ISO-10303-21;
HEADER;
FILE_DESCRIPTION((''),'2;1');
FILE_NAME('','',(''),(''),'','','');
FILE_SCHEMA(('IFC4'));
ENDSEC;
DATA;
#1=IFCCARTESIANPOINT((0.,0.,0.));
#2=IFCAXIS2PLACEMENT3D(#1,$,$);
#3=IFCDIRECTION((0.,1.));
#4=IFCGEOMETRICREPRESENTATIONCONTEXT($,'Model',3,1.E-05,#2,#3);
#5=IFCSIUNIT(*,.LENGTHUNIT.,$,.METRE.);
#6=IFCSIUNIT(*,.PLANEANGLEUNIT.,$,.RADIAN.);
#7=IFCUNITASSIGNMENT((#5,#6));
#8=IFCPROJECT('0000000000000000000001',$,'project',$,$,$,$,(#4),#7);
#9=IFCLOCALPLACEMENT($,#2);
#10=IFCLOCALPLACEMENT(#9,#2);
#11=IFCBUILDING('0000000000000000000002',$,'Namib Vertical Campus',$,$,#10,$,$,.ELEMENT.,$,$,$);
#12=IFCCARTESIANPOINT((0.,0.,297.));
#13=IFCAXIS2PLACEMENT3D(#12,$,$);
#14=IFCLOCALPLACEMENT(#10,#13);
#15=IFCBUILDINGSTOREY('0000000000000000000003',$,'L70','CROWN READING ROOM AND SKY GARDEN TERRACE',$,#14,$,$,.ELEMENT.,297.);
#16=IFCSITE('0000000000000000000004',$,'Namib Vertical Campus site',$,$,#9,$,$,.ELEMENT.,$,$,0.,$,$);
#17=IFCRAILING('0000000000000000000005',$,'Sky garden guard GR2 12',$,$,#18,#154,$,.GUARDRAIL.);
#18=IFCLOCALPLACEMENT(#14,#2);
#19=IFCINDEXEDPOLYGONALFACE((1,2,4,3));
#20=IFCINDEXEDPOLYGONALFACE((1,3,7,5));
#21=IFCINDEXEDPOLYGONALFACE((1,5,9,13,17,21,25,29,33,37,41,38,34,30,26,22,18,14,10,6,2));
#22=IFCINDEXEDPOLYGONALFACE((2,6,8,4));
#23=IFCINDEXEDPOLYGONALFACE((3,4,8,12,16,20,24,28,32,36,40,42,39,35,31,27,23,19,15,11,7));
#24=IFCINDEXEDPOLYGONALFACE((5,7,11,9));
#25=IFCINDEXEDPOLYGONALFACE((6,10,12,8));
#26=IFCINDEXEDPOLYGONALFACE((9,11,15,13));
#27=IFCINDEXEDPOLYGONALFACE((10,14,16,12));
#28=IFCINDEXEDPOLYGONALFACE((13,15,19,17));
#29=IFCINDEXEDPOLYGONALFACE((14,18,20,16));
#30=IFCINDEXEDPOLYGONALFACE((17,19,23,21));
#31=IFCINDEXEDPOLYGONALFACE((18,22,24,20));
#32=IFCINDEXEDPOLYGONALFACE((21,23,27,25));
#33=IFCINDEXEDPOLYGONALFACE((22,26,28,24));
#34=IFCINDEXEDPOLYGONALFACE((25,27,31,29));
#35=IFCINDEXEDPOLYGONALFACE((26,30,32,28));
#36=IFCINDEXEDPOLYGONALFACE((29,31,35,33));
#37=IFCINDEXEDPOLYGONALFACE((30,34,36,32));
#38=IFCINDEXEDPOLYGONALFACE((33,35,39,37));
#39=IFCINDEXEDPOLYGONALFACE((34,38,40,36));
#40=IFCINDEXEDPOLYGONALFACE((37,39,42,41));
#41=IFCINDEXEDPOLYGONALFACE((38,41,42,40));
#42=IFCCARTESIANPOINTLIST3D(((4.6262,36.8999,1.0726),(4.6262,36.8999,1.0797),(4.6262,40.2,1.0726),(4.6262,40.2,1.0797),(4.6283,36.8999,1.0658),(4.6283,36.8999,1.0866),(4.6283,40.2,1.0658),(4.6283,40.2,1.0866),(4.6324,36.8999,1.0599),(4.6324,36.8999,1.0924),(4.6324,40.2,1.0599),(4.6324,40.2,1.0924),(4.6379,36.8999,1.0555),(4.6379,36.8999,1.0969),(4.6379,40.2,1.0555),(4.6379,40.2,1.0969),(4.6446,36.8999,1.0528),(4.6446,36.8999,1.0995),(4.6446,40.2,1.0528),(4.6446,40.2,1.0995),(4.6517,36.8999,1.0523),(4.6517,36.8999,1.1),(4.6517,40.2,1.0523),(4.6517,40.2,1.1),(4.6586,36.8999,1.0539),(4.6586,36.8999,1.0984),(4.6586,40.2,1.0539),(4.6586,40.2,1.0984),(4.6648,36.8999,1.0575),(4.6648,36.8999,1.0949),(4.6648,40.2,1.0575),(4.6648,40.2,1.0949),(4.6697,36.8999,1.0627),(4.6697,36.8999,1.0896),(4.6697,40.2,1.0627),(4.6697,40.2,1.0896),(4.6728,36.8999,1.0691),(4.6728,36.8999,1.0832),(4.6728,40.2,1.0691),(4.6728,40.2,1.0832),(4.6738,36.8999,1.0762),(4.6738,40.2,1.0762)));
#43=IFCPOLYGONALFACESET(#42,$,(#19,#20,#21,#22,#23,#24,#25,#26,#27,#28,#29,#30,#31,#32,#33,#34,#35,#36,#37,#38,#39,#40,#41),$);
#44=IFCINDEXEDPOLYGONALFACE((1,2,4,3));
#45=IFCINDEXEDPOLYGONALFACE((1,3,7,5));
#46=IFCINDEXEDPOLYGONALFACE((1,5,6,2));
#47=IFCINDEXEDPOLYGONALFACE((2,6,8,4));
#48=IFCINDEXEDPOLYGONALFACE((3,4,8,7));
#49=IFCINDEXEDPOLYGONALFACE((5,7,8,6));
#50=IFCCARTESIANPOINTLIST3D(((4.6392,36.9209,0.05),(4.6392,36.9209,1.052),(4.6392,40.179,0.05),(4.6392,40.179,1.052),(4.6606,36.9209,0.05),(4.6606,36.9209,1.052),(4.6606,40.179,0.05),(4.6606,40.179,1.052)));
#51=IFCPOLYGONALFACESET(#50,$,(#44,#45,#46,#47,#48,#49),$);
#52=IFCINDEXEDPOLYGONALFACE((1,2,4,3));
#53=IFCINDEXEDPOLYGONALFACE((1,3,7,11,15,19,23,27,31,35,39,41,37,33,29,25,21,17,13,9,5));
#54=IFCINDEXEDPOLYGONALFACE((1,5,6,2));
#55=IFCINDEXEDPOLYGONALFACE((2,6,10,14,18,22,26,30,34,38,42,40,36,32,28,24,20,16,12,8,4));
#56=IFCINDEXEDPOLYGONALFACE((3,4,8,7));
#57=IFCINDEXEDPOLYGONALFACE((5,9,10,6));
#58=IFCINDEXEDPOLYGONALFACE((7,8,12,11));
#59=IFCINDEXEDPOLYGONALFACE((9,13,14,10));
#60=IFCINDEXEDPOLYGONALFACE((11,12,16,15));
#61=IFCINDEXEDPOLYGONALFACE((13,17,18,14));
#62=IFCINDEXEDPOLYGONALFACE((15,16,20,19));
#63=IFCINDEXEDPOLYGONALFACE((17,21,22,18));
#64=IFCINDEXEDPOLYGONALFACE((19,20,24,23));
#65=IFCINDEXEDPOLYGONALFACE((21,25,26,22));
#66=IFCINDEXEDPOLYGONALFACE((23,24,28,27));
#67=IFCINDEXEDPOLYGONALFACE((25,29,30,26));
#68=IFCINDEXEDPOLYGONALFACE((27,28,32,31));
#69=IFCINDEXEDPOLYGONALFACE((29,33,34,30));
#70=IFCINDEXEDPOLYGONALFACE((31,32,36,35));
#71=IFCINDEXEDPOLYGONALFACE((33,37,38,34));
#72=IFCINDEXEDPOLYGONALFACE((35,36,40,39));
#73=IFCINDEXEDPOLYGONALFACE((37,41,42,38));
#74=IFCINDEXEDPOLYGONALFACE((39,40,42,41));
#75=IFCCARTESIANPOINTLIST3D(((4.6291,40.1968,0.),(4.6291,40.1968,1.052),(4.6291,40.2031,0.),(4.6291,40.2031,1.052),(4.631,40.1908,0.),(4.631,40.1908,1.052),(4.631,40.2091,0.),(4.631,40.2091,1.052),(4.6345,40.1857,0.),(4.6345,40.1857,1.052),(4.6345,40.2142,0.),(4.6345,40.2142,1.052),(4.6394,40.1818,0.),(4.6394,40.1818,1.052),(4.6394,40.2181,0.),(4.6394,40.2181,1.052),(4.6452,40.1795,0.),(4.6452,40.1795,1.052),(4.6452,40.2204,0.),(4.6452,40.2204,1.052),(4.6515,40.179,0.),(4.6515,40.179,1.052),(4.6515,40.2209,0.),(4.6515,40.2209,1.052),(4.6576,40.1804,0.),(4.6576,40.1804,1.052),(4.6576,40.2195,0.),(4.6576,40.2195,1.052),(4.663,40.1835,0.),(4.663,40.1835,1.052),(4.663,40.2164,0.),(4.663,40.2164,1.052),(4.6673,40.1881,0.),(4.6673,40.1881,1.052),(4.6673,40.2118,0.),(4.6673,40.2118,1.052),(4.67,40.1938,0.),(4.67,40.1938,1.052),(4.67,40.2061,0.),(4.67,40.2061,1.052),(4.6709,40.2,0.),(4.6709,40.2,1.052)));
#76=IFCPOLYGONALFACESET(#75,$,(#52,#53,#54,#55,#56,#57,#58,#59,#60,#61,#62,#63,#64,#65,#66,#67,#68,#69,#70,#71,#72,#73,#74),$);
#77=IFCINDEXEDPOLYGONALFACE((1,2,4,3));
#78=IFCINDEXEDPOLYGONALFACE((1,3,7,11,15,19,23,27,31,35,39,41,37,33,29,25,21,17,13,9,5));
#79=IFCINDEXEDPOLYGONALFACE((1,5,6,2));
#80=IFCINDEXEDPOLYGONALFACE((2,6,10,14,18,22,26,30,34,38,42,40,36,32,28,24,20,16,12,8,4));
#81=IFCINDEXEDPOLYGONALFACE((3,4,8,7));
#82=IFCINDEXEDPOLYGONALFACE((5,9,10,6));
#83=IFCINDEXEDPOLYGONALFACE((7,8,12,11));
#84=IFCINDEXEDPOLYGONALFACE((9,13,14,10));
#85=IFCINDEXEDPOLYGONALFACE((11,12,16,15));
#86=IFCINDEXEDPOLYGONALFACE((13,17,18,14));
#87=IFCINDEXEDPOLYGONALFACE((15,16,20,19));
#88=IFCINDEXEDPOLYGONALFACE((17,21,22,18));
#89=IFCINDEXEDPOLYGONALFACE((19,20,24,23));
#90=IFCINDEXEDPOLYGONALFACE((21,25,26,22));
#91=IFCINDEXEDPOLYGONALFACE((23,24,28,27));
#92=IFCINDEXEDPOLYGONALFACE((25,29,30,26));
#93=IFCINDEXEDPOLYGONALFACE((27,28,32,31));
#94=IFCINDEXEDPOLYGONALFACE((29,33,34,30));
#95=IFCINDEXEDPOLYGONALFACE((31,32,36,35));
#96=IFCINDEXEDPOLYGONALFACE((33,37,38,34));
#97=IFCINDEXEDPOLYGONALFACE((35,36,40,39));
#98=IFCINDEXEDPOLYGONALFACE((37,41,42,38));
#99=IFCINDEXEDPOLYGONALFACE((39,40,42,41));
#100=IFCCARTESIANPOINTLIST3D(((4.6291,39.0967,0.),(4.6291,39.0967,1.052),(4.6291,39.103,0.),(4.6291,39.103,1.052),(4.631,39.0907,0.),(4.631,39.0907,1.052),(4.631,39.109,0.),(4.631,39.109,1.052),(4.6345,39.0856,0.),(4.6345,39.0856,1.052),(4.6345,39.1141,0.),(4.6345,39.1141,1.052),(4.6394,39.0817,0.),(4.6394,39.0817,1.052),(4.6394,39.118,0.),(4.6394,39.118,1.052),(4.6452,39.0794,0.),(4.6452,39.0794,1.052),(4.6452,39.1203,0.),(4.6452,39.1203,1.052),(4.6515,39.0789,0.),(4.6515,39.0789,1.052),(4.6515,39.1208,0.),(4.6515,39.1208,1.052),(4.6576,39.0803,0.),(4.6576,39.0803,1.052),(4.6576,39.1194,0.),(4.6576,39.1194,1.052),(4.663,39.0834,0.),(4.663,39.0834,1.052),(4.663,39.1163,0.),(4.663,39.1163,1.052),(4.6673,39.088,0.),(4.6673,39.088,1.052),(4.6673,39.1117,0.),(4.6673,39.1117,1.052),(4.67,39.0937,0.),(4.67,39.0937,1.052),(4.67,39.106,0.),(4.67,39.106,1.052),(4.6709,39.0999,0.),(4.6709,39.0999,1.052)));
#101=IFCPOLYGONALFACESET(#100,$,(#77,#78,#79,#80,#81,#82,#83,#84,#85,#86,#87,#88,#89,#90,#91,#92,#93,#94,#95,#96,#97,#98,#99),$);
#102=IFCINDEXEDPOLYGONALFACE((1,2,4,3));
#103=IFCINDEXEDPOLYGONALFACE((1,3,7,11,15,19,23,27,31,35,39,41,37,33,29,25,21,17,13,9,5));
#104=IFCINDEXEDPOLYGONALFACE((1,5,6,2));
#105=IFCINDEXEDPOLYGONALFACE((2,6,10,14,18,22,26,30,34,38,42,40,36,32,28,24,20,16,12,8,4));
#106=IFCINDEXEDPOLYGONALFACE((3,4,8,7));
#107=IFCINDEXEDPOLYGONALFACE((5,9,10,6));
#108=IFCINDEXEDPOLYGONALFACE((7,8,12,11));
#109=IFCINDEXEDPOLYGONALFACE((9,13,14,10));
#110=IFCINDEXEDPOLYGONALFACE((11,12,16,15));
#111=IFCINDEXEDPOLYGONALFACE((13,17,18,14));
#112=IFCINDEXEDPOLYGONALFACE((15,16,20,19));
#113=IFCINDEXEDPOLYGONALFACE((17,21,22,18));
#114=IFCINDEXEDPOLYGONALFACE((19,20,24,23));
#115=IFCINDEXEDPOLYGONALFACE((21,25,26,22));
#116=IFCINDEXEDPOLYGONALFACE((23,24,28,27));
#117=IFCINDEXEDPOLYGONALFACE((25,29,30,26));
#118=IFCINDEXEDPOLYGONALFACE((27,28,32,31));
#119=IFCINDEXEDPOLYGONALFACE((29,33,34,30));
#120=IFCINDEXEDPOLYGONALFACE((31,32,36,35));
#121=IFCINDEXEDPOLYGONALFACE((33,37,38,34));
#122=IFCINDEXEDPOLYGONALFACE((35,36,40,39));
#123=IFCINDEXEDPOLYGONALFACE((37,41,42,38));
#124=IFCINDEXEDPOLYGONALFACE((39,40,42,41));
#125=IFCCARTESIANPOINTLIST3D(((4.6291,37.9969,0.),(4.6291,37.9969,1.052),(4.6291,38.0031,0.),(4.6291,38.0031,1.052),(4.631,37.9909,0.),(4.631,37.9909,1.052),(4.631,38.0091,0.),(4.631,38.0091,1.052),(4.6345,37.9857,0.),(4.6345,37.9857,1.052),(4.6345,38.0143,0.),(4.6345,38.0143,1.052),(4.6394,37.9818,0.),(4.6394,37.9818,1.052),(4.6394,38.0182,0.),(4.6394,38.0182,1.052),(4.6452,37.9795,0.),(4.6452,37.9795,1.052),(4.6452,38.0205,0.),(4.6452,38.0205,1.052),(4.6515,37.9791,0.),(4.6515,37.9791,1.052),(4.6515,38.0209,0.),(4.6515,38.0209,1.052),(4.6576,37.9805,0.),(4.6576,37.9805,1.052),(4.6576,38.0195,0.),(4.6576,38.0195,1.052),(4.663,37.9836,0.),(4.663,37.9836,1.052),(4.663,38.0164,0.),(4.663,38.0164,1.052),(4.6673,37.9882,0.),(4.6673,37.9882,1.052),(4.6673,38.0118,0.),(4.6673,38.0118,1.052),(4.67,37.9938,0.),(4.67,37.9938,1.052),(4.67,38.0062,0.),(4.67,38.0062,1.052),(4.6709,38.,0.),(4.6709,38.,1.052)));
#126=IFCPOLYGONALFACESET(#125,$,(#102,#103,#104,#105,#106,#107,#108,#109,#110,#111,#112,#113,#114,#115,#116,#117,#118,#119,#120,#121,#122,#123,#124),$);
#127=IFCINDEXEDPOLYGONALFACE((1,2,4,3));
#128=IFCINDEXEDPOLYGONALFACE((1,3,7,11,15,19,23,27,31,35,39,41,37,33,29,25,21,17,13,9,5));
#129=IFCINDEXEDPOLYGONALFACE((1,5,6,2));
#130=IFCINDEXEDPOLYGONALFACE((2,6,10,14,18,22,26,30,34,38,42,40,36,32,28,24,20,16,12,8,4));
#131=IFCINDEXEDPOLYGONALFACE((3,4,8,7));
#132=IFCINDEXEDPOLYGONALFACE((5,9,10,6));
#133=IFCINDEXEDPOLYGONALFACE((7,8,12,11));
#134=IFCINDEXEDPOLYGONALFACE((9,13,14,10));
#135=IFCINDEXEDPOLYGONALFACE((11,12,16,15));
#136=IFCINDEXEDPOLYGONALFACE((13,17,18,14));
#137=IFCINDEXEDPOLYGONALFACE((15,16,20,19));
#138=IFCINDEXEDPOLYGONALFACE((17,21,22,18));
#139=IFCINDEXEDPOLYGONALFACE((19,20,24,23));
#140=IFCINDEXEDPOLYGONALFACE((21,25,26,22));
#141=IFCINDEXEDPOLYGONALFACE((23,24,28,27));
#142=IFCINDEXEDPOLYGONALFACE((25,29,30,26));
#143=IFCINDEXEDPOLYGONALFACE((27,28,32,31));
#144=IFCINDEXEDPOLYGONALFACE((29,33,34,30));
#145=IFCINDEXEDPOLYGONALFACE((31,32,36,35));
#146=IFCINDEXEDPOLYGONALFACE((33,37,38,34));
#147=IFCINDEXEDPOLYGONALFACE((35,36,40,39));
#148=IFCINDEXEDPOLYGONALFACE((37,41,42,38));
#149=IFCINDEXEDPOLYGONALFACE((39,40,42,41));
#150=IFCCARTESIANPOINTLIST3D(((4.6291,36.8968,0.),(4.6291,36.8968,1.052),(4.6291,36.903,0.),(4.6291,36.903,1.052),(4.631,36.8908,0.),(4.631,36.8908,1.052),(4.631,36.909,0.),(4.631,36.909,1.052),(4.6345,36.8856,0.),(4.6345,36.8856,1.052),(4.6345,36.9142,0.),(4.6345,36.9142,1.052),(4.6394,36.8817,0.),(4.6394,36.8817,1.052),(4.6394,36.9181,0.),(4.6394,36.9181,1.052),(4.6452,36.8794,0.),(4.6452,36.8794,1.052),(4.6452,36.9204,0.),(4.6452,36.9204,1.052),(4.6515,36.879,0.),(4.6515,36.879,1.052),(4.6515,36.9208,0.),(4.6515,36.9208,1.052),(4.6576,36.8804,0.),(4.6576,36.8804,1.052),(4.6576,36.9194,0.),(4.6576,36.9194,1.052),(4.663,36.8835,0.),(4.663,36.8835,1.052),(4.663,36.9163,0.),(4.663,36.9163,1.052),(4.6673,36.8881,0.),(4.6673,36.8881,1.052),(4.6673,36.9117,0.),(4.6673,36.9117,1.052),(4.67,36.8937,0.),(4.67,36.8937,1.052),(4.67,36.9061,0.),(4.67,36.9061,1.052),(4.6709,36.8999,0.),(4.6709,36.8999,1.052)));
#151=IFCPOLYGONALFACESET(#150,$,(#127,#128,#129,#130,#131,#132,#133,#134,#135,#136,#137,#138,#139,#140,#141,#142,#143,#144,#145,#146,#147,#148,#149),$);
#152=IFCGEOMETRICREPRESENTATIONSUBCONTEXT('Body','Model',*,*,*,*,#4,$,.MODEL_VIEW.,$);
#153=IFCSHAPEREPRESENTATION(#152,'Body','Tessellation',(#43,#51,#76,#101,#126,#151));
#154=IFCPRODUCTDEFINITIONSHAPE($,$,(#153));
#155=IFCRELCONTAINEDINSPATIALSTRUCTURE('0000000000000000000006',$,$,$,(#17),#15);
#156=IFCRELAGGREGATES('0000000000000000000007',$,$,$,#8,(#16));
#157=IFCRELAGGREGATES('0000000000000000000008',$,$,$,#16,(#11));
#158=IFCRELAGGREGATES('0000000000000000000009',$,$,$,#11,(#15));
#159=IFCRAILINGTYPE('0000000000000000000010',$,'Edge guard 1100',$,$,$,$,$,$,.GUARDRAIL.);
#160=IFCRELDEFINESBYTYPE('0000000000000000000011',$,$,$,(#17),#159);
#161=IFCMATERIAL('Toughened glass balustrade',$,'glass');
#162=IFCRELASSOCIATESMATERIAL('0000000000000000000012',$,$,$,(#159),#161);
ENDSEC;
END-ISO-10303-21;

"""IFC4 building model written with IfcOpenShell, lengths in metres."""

from ifc_helpers import new_model, si_unit, direction, frame, origin, origin_2d, place, context, subcontext, project, spatial, polyline, circle, outline, extrude, material, type_object, element, save


model = new_model("IFC4")

# Units and contexts
model_context = context("Model", 3, precision=1e-05, world=origin(), true_north=direction((0.0, 1.0)))
body_context = subcontext(model_context, "Body", "Model", "MODEL_VIEW")
ifc_project = project(units=[si_unit("LENGTHUNIT", "METRE"), si_unit("PLANEANGLEUNIT", "RADIAN")], contexts=[model_context])

# Site, building, storey
site_placement = place(None, origin())
site = spatial("IfcSite", under=ifc_project, at=site_placement, Name="Namib Vertical Campus site", CompositionType="ELEMENT", RefElevation=0.0)
building_placement = place(site_placement, origin())
building = spatial("IfcBuilding", under=site, at=building_placement, Name="Namib Vertical Campus", CompositionType="ELEMENT")
storey_placement = place(building_placement, frame((0.0, 0.0, 297.0)))
storey = spatial("IfcBuildingStorey", under=building, at=storey_placement, Name="L70", Description="CROWN READING ROOM AND SKY GARDEN TERRACE", CompositionType="ELEMENT", Elevation=297.0)

# Railing
ifc_material_1 = material(Name="Toughened glass balustrade", Category="glass")
railing_type = type_object("IfcRailingType", Name="Edge guard 1100", PredefinedType="GUARDRAIL", material=ifc_material_1)
railing_1_placement = place(storey_placement, frame((4.6499, 40.2, 0.0)))
element("IfcRailing", 1, at=railing_1_placement, inside=storey, type_object=railing_type, Name="Sky garden guard GR2 12", PredefinedType="GUARDRAIL", context=body_context, shape_type="SweptSolid", body=[
    extrude(circle(Radius=0.0239, at=origin_2d()), frame((0.0, 0.0, 1.0762), z_axis=(0.0, -1.0, 0.0), x_axis=(1.0, 0.0, 0.0)), (0.0, 0.0, 1.0), 3.3),
    extrude(outline(polyline([(0.021, 0.05), (3.2791, 0.05), (3.2791, 1.052), (0.021, 1.052), (0.021, 0.05)])), frame((0.0107, 0.0, 0.0), z_axis=(-1.0, 0.0, 0.0), x_axis=(0.0, -1.0, 0.0)), (0.0, 0.0, 1.0), 0.0215),
    extrude(circle(Radius=0.021, at=origin_2d()), origin(), (0.0, 0.0, 1.0), 1.052),
    extrude(circle(Radius=0.021, at=origin_2d()), frame((0.0, -1.1001, 0.0)), (0.0, 0.0, 1.0), 1.052),
    extrude(circle(Radius=0.021, at=origin_2d()), frame((0.0, -2.2, 0.0)), (0.0, 0.0, 1.0), 1.052),
    extrude(circle(Radius=0.021, at=origin_2d()), frame((0.0, -3.3, 0.0)), (0.0, 0.0, 1.0), 1.052),
])

save(model, "model.ifc")
